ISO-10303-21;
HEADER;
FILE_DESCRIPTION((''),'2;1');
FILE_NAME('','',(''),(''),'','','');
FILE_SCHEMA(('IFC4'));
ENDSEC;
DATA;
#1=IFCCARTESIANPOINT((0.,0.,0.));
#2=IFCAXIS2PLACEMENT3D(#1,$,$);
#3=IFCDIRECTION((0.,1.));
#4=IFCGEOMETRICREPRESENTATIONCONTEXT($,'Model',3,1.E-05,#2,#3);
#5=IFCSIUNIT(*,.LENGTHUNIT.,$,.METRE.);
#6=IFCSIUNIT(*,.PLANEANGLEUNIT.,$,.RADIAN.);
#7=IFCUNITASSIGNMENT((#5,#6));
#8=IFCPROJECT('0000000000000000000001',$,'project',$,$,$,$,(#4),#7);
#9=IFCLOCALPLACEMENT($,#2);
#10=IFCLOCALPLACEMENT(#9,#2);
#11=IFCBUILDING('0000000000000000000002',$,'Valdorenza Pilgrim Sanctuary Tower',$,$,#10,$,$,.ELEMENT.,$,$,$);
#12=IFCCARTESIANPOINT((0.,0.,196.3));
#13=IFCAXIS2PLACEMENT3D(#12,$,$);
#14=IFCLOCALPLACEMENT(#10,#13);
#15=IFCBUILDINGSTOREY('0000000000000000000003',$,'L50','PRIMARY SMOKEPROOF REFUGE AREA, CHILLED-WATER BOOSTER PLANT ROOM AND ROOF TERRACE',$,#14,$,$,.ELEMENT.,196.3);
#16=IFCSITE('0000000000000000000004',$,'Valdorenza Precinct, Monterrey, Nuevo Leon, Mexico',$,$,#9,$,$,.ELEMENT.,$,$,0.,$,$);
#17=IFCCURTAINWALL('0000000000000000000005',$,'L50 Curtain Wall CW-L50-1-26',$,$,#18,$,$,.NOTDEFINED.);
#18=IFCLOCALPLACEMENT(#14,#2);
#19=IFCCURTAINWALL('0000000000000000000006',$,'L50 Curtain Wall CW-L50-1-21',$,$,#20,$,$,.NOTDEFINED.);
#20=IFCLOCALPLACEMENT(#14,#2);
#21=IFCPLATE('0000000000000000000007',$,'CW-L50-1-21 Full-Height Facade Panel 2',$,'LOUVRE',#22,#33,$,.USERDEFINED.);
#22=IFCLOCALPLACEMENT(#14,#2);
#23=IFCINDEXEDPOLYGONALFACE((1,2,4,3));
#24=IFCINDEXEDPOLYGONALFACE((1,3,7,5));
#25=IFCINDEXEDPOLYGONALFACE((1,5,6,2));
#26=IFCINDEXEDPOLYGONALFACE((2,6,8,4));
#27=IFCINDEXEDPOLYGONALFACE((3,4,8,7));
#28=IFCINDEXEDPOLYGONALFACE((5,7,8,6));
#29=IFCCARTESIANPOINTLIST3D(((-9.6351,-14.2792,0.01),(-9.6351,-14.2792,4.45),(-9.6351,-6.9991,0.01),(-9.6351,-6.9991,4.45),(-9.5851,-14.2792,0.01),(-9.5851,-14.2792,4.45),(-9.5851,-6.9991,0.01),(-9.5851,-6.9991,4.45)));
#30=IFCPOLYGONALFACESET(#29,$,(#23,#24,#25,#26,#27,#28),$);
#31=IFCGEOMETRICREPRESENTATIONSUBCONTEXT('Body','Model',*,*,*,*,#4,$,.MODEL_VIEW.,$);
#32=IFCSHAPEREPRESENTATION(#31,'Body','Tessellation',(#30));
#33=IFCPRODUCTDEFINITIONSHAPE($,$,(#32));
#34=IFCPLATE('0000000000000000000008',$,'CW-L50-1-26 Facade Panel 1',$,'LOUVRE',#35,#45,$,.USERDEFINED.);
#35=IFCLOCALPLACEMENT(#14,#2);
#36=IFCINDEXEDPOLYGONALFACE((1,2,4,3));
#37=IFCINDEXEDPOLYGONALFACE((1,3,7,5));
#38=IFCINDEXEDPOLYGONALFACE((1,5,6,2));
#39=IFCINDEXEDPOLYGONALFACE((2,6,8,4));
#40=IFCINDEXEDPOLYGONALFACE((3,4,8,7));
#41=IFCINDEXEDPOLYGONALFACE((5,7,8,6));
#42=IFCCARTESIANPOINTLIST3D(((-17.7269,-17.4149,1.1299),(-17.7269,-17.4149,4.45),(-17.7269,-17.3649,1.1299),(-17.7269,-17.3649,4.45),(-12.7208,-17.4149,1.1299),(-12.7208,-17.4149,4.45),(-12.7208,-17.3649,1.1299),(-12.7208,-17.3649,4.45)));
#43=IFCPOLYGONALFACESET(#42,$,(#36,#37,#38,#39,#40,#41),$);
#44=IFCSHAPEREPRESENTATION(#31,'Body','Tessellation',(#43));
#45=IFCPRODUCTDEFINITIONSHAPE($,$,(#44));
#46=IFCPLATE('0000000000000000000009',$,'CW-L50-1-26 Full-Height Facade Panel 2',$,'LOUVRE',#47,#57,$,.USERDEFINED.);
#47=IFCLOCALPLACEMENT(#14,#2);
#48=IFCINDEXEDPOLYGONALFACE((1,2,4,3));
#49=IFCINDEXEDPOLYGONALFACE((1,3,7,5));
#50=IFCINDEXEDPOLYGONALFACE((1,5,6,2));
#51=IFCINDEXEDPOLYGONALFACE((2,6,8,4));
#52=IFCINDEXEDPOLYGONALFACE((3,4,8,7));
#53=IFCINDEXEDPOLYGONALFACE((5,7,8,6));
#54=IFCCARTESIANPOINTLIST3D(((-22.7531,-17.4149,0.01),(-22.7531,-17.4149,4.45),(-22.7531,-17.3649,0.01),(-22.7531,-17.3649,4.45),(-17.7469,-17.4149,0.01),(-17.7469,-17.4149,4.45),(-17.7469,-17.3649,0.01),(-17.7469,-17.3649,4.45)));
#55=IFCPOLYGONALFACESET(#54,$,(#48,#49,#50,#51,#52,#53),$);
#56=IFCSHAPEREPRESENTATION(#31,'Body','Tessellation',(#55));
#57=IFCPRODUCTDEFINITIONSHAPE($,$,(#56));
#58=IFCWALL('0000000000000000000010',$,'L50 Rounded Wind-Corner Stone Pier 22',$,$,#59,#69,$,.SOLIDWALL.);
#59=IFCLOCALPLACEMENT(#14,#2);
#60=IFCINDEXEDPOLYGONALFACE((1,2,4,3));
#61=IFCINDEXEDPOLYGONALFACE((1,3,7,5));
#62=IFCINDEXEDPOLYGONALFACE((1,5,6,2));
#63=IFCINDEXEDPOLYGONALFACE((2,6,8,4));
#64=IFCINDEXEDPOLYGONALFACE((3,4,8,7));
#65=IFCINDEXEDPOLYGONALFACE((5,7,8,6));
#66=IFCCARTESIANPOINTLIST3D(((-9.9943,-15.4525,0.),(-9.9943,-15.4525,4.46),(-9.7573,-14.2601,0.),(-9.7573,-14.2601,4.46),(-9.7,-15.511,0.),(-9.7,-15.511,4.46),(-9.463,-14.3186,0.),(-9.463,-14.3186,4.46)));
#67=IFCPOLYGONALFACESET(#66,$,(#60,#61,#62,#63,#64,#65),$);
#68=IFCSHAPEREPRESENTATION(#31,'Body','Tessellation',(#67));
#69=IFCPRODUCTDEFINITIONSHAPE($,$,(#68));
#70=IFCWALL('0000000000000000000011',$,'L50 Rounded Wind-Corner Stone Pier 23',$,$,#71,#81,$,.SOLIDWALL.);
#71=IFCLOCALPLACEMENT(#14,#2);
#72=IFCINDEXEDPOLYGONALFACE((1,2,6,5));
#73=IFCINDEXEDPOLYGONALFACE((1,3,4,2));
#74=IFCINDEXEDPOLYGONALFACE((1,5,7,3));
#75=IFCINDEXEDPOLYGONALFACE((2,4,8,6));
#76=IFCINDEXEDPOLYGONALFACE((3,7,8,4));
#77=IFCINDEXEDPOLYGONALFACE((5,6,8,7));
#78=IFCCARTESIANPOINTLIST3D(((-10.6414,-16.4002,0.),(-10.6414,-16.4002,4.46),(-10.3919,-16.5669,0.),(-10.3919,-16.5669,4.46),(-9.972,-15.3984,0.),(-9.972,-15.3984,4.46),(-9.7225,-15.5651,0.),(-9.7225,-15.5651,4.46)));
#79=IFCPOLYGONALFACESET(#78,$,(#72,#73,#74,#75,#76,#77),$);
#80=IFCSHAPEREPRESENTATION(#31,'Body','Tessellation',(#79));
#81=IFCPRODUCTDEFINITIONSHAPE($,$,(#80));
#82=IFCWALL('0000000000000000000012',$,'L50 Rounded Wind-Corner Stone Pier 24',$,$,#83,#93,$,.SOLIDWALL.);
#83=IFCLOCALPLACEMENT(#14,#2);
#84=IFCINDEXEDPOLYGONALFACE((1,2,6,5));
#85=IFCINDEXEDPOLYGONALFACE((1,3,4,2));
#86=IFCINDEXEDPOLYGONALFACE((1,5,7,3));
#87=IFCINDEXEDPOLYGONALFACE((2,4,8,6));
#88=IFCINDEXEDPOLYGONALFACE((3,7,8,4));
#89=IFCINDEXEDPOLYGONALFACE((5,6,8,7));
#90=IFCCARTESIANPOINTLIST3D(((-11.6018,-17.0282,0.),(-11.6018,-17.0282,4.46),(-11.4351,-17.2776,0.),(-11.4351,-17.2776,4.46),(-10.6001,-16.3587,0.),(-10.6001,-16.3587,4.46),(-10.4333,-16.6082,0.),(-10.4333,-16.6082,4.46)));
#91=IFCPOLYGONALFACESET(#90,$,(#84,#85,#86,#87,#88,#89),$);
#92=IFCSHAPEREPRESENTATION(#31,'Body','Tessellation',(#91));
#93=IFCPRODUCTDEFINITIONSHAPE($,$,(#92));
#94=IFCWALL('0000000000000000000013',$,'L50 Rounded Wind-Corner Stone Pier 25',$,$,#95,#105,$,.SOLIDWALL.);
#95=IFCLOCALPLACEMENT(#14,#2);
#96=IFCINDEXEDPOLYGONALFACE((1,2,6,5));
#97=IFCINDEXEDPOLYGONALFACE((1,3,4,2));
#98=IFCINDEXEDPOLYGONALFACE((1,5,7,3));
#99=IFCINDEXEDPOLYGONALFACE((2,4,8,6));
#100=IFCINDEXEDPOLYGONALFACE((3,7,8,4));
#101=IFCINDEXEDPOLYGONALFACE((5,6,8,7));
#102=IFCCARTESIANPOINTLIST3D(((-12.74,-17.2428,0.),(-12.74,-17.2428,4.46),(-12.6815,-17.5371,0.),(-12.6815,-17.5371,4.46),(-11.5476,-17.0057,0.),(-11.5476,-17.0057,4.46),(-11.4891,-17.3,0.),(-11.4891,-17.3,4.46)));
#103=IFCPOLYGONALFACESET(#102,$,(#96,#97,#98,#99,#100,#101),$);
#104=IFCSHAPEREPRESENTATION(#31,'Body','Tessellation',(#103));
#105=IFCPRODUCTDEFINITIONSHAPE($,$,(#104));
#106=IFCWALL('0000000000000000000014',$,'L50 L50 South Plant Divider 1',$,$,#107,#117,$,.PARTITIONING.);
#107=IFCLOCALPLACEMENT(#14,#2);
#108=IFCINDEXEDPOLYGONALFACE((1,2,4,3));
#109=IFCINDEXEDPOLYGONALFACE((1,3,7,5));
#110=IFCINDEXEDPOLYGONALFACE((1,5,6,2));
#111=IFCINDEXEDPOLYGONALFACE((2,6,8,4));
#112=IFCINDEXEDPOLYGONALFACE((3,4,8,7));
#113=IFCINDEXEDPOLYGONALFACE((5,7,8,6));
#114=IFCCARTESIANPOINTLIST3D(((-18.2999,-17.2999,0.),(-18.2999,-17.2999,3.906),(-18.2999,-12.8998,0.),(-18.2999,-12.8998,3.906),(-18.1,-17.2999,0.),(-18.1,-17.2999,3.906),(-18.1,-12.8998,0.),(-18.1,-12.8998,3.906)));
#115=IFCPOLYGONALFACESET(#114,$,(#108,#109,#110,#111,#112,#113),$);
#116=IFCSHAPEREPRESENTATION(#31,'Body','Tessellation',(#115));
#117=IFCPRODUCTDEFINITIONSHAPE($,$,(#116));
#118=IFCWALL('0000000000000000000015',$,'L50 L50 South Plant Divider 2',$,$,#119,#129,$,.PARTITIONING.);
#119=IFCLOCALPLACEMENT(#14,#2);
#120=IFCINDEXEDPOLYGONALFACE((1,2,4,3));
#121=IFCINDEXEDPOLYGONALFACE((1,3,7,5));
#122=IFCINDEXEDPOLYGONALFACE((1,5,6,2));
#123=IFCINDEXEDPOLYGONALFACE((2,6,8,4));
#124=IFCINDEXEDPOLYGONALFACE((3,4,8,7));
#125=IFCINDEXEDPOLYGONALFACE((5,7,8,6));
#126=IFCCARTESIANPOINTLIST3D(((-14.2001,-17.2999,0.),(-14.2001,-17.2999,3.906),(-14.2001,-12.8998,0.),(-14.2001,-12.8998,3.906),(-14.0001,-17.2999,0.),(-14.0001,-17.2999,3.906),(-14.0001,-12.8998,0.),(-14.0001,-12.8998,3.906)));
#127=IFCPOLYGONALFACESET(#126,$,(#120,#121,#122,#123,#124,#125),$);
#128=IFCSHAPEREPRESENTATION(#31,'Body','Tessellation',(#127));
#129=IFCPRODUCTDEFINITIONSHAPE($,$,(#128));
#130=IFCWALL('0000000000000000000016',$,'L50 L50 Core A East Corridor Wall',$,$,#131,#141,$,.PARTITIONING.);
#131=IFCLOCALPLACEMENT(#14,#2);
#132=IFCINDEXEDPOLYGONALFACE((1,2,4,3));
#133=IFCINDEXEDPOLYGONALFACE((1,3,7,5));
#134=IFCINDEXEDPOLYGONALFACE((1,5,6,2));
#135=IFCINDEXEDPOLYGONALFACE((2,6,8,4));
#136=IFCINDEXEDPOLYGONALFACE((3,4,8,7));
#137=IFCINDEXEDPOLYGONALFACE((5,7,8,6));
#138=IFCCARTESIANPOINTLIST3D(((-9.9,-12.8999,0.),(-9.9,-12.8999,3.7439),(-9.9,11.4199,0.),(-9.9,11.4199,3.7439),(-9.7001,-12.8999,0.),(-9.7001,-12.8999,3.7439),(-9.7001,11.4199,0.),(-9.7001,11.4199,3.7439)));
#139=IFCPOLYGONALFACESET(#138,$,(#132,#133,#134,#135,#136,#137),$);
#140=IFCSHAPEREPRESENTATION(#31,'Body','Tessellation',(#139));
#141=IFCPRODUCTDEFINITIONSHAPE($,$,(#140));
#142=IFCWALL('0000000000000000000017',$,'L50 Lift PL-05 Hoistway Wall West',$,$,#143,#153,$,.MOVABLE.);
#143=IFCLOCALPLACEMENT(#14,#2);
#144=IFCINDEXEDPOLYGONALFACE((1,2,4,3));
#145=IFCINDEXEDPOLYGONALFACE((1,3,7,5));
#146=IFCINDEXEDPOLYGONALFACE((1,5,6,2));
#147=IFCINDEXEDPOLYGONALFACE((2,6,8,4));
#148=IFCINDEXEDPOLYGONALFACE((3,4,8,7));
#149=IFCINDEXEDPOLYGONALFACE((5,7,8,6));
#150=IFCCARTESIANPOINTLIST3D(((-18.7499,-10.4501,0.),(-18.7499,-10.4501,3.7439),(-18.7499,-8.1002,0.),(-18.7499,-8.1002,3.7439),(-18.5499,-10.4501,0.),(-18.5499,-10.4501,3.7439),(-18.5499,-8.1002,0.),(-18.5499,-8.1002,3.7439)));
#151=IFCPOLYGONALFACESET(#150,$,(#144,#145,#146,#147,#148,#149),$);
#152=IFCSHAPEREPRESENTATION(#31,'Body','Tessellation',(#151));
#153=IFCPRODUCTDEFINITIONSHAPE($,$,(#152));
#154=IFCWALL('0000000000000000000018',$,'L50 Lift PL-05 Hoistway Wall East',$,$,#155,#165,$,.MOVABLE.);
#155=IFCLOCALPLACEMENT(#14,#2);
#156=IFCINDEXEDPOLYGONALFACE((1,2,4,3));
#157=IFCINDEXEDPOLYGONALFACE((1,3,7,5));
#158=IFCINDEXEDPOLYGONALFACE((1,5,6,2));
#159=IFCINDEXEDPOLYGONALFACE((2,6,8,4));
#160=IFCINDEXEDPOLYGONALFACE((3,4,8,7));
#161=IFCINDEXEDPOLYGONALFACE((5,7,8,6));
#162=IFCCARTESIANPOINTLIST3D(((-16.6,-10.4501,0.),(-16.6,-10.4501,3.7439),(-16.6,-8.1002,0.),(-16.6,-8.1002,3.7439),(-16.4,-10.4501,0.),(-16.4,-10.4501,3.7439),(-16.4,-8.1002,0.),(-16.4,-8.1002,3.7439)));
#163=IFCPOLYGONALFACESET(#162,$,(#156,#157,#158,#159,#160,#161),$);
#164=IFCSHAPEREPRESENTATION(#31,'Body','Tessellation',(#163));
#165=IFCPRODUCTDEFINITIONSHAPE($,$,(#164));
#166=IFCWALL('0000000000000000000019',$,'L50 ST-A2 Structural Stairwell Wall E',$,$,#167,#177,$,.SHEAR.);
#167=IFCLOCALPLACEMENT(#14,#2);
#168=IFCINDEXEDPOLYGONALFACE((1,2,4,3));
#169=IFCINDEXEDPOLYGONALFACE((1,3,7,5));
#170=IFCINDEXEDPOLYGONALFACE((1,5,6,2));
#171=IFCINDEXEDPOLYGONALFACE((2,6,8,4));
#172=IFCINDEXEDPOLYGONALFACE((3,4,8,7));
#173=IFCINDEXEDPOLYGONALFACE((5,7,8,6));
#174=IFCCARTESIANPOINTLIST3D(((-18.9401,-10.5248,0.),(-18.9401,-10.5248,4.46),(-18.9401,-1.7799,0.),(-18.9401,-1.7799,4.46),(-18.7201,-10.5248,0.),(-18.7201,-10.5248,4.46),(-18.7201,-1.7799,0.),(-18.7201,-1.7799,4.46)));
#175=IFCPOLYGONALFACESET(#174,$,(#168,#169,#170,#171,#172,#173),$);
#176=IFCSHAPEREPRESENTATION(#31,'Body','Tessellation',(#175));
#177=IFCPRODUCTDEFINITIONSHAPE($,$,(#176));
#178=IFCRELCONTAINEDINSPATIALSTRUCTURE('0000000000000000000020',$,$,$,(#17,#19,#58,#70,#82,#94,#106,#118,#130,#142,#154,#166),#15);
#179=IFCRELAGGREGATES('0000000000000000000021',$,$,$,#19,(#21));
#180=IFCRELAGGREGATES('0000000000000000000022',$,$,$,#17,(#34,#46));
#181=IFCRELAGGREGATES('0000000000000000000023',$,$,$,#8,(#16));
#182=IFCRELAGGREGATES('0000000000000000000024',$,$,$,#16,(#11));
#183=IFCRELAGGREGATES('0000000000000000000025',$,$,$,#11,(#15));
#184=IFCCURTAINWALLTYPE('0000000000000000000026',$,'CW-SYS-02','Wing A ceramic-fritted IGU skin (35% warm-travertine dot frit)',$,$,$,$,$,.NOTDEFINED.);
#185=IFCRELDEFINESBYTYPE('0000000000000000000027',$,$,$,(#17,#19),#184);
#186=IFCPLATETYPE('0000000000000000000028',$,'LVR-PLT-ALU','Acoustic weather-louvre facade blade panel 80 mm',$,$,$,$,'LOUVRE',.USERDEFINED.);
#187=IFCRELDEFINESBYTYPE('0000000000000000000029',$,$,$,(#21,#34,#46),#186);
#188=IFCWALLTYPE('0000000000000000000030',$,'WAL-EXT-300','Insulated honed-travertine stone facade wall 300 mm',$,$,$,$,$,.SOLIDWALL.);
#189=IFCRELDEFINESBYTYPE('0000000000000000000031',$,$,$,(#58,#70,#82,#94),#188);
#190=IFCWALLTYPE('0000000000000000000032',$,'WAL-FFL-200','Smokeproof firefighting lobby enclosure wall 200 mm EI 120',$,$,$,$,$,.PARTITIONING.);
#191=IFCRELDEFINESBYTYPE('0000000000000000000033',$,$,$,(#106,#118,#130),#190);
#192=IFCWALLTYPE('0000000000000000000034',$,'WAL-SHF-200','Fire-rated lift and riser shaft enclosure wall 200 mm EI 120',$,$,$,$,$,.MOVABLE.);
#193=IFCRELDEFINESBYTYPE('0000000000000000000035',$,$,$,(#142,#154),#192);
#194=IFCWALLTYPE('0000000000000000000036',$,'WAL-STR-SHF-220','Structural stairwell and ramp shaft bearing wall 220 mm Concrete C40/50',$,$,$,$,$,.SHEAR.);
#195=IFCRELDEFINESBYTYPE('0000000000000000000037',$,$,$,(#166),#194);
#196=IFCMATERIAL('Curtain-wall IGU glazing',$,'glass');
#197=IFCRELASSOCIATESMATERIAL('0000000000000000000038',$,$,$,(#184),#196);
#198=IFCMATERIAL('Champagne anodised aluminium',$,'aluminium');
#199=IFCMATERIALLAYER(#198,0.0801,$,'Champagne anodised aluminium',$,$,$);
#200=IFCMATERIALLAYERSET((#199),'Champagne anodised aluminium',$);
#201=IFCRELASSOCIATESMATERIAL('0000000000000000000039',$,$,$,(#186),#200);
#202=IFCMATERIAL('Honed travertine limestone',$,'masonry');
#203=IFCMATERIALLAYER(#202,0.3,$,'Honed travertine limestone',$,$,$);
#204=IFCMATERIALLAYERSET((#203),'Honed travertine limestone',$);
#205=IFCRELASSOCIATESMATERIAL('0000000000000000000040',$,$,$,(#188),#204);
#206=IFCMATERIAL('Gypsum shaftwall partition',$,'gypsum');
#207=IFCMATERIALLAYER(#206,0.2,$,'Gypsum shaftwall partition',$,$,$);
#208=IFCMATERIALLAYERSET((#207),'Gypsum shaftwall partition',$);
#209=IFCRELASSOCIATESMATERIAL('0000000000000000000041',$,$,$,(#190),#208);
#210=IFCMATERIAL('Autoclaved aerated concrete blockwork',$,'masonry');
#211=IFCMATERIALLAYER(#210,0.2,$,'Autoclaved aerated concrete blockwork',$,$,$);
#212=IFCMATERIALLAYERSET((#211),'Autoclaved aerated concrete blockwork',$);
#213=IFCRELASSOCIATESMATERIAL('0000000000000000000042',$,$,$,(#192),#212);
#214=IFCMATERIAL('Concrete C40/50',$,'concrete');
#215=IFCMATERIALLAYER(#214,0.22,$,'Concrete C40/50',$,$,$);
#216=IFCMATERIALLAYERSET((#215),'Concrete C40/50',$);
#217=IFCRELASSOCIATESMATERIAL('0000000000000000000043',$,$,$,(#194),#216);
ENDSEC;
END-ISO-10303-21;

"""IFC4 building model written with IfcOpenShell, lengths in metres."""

from ifc_helpers import new_model, si_unit, direction, frame, frame_2d, origin, origin_2d, place, context, subcontext, project, spatial, rectangle, extrude, source, transform, mapped, material, layer, layer_set, type_object, element, aggregate, save


model = new_model("IFC4")

# Units and contexts
model_context = context("Model", 3, precision=1e-05, world=origin(), true_north=direction((0.0, 1.0)))
body_context = subcontext(model_context, "Body", "Model", "MODEL_VIEW")
ifc_project = project(units=[si_unit("LENGTHUNIT", "METRE"), si_unit("PLANEANGLEUNIT", "RADIAN")], contexts=[model_context])

# Site, building, storey
site_placement = place(None, origin())
site = spatial("IfcSite", under=ifc_project, at=site_placement, Name="Valdorenza Precinct, Monterrey, Nuevo Leon, Mexico", CompositionType="ELEMENT", RefElevation=0.0)
building_placement = place(site_placement, origin())
building = spatial("IfcBuilding", under=site, at=building_placement, Name="Valdorenza Pilgrim Sanctuary Tower", CompositionType="ELEMENT")
storey_placement = place(building_placement, frame((0.0, 0.0, 196.3)))
storey = spatial("IfcBuildingStorey", under=building, at=storey_placement, Name="L50", Description="PRIMARY SMOKEPROOF REFUGE AREA, CHILLED-WATER BOOSTER PLANT ROOM AND ROOF TERRACE", CompositionType="ELEMENT", Elevation=196.3)

# Curtain walls
ifc_material_1 = material(Name="Curtain-wall IGU glazing", Category="glass")
curtain_wall_type = type_object("IfcCurtainWallType", Name="CW-SYS-02", Description="Wing A ceramic-fritted IGU skin (35% warm-travertine dot frit)", PredefinedType="NOTDEFINED", material=ifc_material_1)
curtain_wall_1_placement = place(storey_placement, origin())
curtain_wall_1 = element("IfcCurtainWall", 1, at=curtain_wall_1_placement, inside=storey, type_object=curtain_wall_type, Name="L50 Curtain Wall CW-L50-1-26", PredefinedType="NOTDEFINED")
curtain_wall_2_placement = place(storey_placement, origin())
curtain_wall_2 = element("IfcCurtainWall", 2, at=curtain_wall_2_placement, inside=storey, type_object=curtain_wall_type, Name="L50 Curtain Wall CW-L50-1-21", PredefinedType="NOTDEFINED")

# Plates
ifc_material_2 = material(Name="Honed travertine limestone", Category="masonry")
ifc_material_3 = material(Name="Champagne anodised aluminium", Category="aluminium")
ifc_layer_1 = layer(ifc_material_3, 0.0801, Name="Champagne anodised aluminium")
ifc_layer_set_1 = layer_set([ifc_layer_1], Name="Champagne anodised aluminium")
plate_type_1 = type_object("IfcPlateType", Name="LVR-PLT-ALU", Description="Acoustic weather-louvre facade blade panel 80 mm", ElementType="LOUVRE", PredefinedType="USERDEFINED", material=ifc_layer_set_1)
shared_shape_1 = source(origin(), body_context, "Body", "SweptSolid", [
    extrude(rectangle(XDim=7.28, YDim=0.05, at=origin_2d()), origin(), (0.0, 0.0, 1.0), 4.4399),
])
plate_1_placement = place(storey_placement, frame((-9.6101, -10.6392, 0.01), z_axis=(0.0, 0.0, 1.0), x_axis=(0.0, -1.0, 0.0)))
plate_1 = element("IfcPlate", 3, at=plate_1_placement, type_object=plate_type_1, Name="CW-L50-1-21 Full-Height Facade Panel 2", ObjectType="LOUVRE", PredefinedType="USERDEFINED", context=body_context, shape_type="MappedRepresentation", body=[
    mapped(shared_shape_1, transform((0.0, 0.0, 0.0), x_axis=(1.0, 0.0, 0.0), y_axis=(0.0, 1.0, 0.0), z_axis=(0.0, 0.0, 1.0), scale=1.0)),
])
aggregate(curtain_wall_2, [plate_1])
shared_shape_2 = source(origin(), body_context, "Body", "SweptSolid", [
    extrude(rectangle(XDim=5.0061, YDim=0.05, at=origin_2d()), origin(), (0.0, 0.0, 1.0), 3.3201),
])
plate_2_placement = place(storey_placement, frame((-15.2239, -17.3899, 1.1299), z_axis=(0.0, 0.0, 1.0), x_axis=(-1.0, 0.0, 0.0)))
plate_2 = element("IfcPlate", 4, at=plate_2_placement, type_object=plate_type_1, Name="CW-L50-1-26 Facade Panel 1", ObjectType="LOUVRE", PredefinedType="USERDEFINED", context=body_context, shape_type="MappedRepresentation", body=[
    mapped(shared_shape_2, transform((0.0, 0.0, 0.0), x_axis=(1.0, 0.0, 0.0), y_axis=(0.0, 1.0, 0.0), z_axis=(0.0, 0.0, 1.0), scale=1.0)),
])
shared_shape_3 = source(origin(), body_context, "Body", "SweptSolid", [
    extrude(rectangle(XDim=5.0061, YDim=0.05, at=origin_2d()), origin(), (0.0, 0.0, 1.0), 4.4399),
])
plate_3_placement = place(storey_placement, frame((-20.25, -17.3899, 0.01), z_axis=(0.0, 0.0, 1.0), x_axis=(-1.0, 0.0, 0.0)))
plate_3 = element("IfcPlate", 5, at=plate_3_placement, type_object=plate_type_1, Name="CW-L50-1-26 Full-Height Facade Panel 2", ObjectType="LOUVRE", PredefinedType="USERDEFINED", context=body_context, shape_type="MappedRepresentation", body=[
    mapped(shared_shape_3, transform((0.0, 0.0, 0.0), x_axis=(1.0, 0.0, 0.0), y_axis=(0.0, 1.0, 0.0), z_axis=(0.0, 0.0, 1.0), scale=1.0)),
])
aggregate(curtain_wall_1, [plate_2, plate_3])

# Walls
ifc_layer_2 = layer(ifc_material_2, 0.3, Name="Honed travertine limestone")
ifc_layer_set_2 = layer_set([ifc_layer_2], Name="Honed travertine limestone")
wall_type_1 = type_object("IfcWallType", Name="WAL-EXT-300", Description="Insulated honed-travertine stone facade wall 300 mm", PredefinedType="SOLIDWALL", material=ifc_layer_set_2)
wall_1_placement = place(storey_placement, frame((-9.6101, -14.2893, 0.0), z_axis=(0.0, 0.0, 1.0), x_axis=(-0.194996, -0.980804, 0.0)))
element("IfcWall", 6, at=wall_1_placement, inside=storey, type_object=wall_type_1, Name="L50 Rounded Wind-Corner Stone Pier 22", PredefinedType="SOLIDWALL", context=body_context, shape_type="SweptSolid", body=[
    extrude(rectangle(XDim=1.2158, YDim=0.3, at=frame_2d((0.6079, 0.0))), origin(), (0.0, 0.0, 1.0), 4.46),
])
for number, where, z_axis, x_axis, name in (
    (7, (-9.8472, -15.4817, 0.0), (0.0, 0.0, 1.0), (-0.555635, -0.831426, 0.0), "L50 Rounded Wind-Corner Stone Pier 23"),
    (8, (-10.5166, -16.4834, 0.0), (0.0, 0.0, 1.0), (-0.831426, -0.555635, 0.0), "L50 Rounded Wind-Corner Stone Pier 24"),
):
    element("IfcWall", number, at=place(storey_placement, frame(where, z_axis=z_axis, x_axis=x_axis)), inside=storey, type_object=wall_type_1, Name=name, PredefinedType="SOLIDWALL", context=body_context, shape_type="SweptSolid", body=[
        extrude(rectangle(XDim=1.2048, YDim=0.3, at=frame_2d((0.6025, 0.0))), origin(), (0.0, 0.0, 1.0), 4.46),
    ])
wall_2_placement = place(storey_placement, frame((-11.5183, -17.1528, 0.0), z_axis=(0.0, 0.0, 1.0), x_axis=(-0.980804, -0.194996, 0.0)))
element("IfcWall", 9, at=wall_2_placement, inside=storey, type_object=wall_type_1, Name="L50 Rounded Wind-Corner Stone Pier 25", PredefinedType="SOLIDWALL", context=body_context, shape_type="SweptSolid", body=[
    extrude(rectangle(XDim=1.2158, YDim=0.3, at=frame_2d((0.6079, 0.0))), origin(), (0.0, 0.0, 1.0), 4.46),
])
ifc_material_4 = material(Name="Gypsum shaftwall partition", Category="gypsum")
ifc_layer_3 = layer(ifc_material_4, 0.2, Name="Gypsum shaftwall partition")
ifc_layer_set_3 = layer_set([ifc_layer_3], Name="Gypsum shaftwall partition")
wall_type_2 = type_object("IfcWallType", Name="WAL-FFL-200", Description="Smokeproof firefighting lobby enclosure wall 200 mm EI 120", PredefinedType="PARTITIONING", material=ifc_layer_set_3)
for number, where, z_axis, x_axis, name in (
    (10, (-18.2, -17.3, 0.0), (0.0, 0.0, 1.0), (0.0, 1.0, 0.0), "L50 L50 South Plant Divider 1"),
    (11, (-14.1001, -17.3, 0.0), (0.0, 0.0, 1.0), (0.0, 1.0, 0.0), "L50 L50 South Plant Divider 2"),
):
    element("IfcWall", number, at=place(storey_placement, frame(where, z_axis=z_axis, x_axis=x_axis)), inside=storey, type_object=wall_type_2, Name=name, PredefinedType="PARTITIONING", context=body_context, shape_type="SweptSolid", body=[
        extrude(rectangle(XDim=4.4001, YDim=0.2, at=frame_2d((2.2002, 0.0))), origin(), (0.0, 0.0, 1.0), 3.906),
    ])
wall_3_placement = place(storey_placement, frame((-9.8, -12.8999, 0.0), z_axis=(0.0, 0.0, 1.0), x_axis=(0.0, 1.0, 0.0)))
element("IfcWall", 12, at=wall_3_placement, inside=storey, type_object=wall_type_2, Name="L50 L50 Core A East Corridor Wall", PredefinedType="PARTITIONING", context=body_context, shape_type="SweptSolid", body=[
    extrude(rectangle(XDim=24.3198, YDim=0.2, at=frame_2d((12.1599, 0.0))), origin(), (0.0, 0.0, 1.0), 3.7439),
])
ifc_material_5 = material(Name="Autoclaved aerated concrete blockwork", Category="masonry")
ifc_layer_4 = layer(ifc_material_5, 0.2, Name="Autoclaved aerated concrete blockwork")
ifc_layer_set_4 = layer_set([ifc_layer_4], Name="Autoclaved aerated concrete blockwork")
wall_type_3 = type_object("IfcWallType", Name="WAL-SHF-200", Description="Fire-rated lift and riser shaft enclosure wall 200 mm EI 120", PredefinedType="MOVABLE", material=ifc_layer_set_4)
for number, where, z_axis, x_axis, name in (
    (13, (-18.6499, -10.45, 0.0), (0.0, 0.0, 1.0), (0.0, 1.0, 0.0), "L50 Lift PL-05 Hoistway Wall West"),
    (14, (-16.5, -10.45, 0.0), (0.0, 0.0, 1.0), (0.0, 1.0, 0.0), "L50 Lift PL-05 Hoistway Wall East"),
):
    element("IfcWall", number, at=place(storey_placement, frame(where, z_axis=z_axis, x_axis=x_axis)), inside=storey, type_object=wall_type_3, Name=name, PredefinedType="MOVABLE", context=body_context, shape_type="SweptSolid", body=[
        extrude(rectangle(XDim=2.3499, YDim=0.2, at=frame_2d((1.1748, 0.0))), origin(), (0.0, 0.0, 1.0), 3.7439),
    ])
ifc_material_6 = material(Name="Concrete C40/50", Category="concrete")
ifc_layer_5 = layer(ifc_material_6, 0.22, Name="Concrete C40/50")
ifc_layer_set_5 = layer_set([ifc_layer_5], Name="Concrete C40/50")
wall_type_4 = type_object("IfcWallType", Name="WAL-STR-SHF-220", Description="Structural stairwell and ramp shaft bearing wall 220 mm Concrete C40/50", PredefinedType="SHEAR", material=ifc_layer_set_5)
wall_4_placement = place(storey_placement, frame((-18.8301, -10.5249, 0.0), z_axis=(0.0, 0.0, 1.0), x_axis=(0.0, 1.0, 0.0)))
element("IfcWall", 15, at=wall_4_placement, inside=storey, type_object=wall_type_4, Name="L50 ST-A2 Structural Stairwell Wall E", PredefinedType="SHEAR", context=body_context, shape_type="SweptSolid", body=[
    extrude(rectangle(XDim=8.7449, YDim=0.22, at=frame_2d((4.3726, 0.0))), origin(), (0.0, 0.0, 1.0), 4.46),
])

save(model, "model.ifc")
